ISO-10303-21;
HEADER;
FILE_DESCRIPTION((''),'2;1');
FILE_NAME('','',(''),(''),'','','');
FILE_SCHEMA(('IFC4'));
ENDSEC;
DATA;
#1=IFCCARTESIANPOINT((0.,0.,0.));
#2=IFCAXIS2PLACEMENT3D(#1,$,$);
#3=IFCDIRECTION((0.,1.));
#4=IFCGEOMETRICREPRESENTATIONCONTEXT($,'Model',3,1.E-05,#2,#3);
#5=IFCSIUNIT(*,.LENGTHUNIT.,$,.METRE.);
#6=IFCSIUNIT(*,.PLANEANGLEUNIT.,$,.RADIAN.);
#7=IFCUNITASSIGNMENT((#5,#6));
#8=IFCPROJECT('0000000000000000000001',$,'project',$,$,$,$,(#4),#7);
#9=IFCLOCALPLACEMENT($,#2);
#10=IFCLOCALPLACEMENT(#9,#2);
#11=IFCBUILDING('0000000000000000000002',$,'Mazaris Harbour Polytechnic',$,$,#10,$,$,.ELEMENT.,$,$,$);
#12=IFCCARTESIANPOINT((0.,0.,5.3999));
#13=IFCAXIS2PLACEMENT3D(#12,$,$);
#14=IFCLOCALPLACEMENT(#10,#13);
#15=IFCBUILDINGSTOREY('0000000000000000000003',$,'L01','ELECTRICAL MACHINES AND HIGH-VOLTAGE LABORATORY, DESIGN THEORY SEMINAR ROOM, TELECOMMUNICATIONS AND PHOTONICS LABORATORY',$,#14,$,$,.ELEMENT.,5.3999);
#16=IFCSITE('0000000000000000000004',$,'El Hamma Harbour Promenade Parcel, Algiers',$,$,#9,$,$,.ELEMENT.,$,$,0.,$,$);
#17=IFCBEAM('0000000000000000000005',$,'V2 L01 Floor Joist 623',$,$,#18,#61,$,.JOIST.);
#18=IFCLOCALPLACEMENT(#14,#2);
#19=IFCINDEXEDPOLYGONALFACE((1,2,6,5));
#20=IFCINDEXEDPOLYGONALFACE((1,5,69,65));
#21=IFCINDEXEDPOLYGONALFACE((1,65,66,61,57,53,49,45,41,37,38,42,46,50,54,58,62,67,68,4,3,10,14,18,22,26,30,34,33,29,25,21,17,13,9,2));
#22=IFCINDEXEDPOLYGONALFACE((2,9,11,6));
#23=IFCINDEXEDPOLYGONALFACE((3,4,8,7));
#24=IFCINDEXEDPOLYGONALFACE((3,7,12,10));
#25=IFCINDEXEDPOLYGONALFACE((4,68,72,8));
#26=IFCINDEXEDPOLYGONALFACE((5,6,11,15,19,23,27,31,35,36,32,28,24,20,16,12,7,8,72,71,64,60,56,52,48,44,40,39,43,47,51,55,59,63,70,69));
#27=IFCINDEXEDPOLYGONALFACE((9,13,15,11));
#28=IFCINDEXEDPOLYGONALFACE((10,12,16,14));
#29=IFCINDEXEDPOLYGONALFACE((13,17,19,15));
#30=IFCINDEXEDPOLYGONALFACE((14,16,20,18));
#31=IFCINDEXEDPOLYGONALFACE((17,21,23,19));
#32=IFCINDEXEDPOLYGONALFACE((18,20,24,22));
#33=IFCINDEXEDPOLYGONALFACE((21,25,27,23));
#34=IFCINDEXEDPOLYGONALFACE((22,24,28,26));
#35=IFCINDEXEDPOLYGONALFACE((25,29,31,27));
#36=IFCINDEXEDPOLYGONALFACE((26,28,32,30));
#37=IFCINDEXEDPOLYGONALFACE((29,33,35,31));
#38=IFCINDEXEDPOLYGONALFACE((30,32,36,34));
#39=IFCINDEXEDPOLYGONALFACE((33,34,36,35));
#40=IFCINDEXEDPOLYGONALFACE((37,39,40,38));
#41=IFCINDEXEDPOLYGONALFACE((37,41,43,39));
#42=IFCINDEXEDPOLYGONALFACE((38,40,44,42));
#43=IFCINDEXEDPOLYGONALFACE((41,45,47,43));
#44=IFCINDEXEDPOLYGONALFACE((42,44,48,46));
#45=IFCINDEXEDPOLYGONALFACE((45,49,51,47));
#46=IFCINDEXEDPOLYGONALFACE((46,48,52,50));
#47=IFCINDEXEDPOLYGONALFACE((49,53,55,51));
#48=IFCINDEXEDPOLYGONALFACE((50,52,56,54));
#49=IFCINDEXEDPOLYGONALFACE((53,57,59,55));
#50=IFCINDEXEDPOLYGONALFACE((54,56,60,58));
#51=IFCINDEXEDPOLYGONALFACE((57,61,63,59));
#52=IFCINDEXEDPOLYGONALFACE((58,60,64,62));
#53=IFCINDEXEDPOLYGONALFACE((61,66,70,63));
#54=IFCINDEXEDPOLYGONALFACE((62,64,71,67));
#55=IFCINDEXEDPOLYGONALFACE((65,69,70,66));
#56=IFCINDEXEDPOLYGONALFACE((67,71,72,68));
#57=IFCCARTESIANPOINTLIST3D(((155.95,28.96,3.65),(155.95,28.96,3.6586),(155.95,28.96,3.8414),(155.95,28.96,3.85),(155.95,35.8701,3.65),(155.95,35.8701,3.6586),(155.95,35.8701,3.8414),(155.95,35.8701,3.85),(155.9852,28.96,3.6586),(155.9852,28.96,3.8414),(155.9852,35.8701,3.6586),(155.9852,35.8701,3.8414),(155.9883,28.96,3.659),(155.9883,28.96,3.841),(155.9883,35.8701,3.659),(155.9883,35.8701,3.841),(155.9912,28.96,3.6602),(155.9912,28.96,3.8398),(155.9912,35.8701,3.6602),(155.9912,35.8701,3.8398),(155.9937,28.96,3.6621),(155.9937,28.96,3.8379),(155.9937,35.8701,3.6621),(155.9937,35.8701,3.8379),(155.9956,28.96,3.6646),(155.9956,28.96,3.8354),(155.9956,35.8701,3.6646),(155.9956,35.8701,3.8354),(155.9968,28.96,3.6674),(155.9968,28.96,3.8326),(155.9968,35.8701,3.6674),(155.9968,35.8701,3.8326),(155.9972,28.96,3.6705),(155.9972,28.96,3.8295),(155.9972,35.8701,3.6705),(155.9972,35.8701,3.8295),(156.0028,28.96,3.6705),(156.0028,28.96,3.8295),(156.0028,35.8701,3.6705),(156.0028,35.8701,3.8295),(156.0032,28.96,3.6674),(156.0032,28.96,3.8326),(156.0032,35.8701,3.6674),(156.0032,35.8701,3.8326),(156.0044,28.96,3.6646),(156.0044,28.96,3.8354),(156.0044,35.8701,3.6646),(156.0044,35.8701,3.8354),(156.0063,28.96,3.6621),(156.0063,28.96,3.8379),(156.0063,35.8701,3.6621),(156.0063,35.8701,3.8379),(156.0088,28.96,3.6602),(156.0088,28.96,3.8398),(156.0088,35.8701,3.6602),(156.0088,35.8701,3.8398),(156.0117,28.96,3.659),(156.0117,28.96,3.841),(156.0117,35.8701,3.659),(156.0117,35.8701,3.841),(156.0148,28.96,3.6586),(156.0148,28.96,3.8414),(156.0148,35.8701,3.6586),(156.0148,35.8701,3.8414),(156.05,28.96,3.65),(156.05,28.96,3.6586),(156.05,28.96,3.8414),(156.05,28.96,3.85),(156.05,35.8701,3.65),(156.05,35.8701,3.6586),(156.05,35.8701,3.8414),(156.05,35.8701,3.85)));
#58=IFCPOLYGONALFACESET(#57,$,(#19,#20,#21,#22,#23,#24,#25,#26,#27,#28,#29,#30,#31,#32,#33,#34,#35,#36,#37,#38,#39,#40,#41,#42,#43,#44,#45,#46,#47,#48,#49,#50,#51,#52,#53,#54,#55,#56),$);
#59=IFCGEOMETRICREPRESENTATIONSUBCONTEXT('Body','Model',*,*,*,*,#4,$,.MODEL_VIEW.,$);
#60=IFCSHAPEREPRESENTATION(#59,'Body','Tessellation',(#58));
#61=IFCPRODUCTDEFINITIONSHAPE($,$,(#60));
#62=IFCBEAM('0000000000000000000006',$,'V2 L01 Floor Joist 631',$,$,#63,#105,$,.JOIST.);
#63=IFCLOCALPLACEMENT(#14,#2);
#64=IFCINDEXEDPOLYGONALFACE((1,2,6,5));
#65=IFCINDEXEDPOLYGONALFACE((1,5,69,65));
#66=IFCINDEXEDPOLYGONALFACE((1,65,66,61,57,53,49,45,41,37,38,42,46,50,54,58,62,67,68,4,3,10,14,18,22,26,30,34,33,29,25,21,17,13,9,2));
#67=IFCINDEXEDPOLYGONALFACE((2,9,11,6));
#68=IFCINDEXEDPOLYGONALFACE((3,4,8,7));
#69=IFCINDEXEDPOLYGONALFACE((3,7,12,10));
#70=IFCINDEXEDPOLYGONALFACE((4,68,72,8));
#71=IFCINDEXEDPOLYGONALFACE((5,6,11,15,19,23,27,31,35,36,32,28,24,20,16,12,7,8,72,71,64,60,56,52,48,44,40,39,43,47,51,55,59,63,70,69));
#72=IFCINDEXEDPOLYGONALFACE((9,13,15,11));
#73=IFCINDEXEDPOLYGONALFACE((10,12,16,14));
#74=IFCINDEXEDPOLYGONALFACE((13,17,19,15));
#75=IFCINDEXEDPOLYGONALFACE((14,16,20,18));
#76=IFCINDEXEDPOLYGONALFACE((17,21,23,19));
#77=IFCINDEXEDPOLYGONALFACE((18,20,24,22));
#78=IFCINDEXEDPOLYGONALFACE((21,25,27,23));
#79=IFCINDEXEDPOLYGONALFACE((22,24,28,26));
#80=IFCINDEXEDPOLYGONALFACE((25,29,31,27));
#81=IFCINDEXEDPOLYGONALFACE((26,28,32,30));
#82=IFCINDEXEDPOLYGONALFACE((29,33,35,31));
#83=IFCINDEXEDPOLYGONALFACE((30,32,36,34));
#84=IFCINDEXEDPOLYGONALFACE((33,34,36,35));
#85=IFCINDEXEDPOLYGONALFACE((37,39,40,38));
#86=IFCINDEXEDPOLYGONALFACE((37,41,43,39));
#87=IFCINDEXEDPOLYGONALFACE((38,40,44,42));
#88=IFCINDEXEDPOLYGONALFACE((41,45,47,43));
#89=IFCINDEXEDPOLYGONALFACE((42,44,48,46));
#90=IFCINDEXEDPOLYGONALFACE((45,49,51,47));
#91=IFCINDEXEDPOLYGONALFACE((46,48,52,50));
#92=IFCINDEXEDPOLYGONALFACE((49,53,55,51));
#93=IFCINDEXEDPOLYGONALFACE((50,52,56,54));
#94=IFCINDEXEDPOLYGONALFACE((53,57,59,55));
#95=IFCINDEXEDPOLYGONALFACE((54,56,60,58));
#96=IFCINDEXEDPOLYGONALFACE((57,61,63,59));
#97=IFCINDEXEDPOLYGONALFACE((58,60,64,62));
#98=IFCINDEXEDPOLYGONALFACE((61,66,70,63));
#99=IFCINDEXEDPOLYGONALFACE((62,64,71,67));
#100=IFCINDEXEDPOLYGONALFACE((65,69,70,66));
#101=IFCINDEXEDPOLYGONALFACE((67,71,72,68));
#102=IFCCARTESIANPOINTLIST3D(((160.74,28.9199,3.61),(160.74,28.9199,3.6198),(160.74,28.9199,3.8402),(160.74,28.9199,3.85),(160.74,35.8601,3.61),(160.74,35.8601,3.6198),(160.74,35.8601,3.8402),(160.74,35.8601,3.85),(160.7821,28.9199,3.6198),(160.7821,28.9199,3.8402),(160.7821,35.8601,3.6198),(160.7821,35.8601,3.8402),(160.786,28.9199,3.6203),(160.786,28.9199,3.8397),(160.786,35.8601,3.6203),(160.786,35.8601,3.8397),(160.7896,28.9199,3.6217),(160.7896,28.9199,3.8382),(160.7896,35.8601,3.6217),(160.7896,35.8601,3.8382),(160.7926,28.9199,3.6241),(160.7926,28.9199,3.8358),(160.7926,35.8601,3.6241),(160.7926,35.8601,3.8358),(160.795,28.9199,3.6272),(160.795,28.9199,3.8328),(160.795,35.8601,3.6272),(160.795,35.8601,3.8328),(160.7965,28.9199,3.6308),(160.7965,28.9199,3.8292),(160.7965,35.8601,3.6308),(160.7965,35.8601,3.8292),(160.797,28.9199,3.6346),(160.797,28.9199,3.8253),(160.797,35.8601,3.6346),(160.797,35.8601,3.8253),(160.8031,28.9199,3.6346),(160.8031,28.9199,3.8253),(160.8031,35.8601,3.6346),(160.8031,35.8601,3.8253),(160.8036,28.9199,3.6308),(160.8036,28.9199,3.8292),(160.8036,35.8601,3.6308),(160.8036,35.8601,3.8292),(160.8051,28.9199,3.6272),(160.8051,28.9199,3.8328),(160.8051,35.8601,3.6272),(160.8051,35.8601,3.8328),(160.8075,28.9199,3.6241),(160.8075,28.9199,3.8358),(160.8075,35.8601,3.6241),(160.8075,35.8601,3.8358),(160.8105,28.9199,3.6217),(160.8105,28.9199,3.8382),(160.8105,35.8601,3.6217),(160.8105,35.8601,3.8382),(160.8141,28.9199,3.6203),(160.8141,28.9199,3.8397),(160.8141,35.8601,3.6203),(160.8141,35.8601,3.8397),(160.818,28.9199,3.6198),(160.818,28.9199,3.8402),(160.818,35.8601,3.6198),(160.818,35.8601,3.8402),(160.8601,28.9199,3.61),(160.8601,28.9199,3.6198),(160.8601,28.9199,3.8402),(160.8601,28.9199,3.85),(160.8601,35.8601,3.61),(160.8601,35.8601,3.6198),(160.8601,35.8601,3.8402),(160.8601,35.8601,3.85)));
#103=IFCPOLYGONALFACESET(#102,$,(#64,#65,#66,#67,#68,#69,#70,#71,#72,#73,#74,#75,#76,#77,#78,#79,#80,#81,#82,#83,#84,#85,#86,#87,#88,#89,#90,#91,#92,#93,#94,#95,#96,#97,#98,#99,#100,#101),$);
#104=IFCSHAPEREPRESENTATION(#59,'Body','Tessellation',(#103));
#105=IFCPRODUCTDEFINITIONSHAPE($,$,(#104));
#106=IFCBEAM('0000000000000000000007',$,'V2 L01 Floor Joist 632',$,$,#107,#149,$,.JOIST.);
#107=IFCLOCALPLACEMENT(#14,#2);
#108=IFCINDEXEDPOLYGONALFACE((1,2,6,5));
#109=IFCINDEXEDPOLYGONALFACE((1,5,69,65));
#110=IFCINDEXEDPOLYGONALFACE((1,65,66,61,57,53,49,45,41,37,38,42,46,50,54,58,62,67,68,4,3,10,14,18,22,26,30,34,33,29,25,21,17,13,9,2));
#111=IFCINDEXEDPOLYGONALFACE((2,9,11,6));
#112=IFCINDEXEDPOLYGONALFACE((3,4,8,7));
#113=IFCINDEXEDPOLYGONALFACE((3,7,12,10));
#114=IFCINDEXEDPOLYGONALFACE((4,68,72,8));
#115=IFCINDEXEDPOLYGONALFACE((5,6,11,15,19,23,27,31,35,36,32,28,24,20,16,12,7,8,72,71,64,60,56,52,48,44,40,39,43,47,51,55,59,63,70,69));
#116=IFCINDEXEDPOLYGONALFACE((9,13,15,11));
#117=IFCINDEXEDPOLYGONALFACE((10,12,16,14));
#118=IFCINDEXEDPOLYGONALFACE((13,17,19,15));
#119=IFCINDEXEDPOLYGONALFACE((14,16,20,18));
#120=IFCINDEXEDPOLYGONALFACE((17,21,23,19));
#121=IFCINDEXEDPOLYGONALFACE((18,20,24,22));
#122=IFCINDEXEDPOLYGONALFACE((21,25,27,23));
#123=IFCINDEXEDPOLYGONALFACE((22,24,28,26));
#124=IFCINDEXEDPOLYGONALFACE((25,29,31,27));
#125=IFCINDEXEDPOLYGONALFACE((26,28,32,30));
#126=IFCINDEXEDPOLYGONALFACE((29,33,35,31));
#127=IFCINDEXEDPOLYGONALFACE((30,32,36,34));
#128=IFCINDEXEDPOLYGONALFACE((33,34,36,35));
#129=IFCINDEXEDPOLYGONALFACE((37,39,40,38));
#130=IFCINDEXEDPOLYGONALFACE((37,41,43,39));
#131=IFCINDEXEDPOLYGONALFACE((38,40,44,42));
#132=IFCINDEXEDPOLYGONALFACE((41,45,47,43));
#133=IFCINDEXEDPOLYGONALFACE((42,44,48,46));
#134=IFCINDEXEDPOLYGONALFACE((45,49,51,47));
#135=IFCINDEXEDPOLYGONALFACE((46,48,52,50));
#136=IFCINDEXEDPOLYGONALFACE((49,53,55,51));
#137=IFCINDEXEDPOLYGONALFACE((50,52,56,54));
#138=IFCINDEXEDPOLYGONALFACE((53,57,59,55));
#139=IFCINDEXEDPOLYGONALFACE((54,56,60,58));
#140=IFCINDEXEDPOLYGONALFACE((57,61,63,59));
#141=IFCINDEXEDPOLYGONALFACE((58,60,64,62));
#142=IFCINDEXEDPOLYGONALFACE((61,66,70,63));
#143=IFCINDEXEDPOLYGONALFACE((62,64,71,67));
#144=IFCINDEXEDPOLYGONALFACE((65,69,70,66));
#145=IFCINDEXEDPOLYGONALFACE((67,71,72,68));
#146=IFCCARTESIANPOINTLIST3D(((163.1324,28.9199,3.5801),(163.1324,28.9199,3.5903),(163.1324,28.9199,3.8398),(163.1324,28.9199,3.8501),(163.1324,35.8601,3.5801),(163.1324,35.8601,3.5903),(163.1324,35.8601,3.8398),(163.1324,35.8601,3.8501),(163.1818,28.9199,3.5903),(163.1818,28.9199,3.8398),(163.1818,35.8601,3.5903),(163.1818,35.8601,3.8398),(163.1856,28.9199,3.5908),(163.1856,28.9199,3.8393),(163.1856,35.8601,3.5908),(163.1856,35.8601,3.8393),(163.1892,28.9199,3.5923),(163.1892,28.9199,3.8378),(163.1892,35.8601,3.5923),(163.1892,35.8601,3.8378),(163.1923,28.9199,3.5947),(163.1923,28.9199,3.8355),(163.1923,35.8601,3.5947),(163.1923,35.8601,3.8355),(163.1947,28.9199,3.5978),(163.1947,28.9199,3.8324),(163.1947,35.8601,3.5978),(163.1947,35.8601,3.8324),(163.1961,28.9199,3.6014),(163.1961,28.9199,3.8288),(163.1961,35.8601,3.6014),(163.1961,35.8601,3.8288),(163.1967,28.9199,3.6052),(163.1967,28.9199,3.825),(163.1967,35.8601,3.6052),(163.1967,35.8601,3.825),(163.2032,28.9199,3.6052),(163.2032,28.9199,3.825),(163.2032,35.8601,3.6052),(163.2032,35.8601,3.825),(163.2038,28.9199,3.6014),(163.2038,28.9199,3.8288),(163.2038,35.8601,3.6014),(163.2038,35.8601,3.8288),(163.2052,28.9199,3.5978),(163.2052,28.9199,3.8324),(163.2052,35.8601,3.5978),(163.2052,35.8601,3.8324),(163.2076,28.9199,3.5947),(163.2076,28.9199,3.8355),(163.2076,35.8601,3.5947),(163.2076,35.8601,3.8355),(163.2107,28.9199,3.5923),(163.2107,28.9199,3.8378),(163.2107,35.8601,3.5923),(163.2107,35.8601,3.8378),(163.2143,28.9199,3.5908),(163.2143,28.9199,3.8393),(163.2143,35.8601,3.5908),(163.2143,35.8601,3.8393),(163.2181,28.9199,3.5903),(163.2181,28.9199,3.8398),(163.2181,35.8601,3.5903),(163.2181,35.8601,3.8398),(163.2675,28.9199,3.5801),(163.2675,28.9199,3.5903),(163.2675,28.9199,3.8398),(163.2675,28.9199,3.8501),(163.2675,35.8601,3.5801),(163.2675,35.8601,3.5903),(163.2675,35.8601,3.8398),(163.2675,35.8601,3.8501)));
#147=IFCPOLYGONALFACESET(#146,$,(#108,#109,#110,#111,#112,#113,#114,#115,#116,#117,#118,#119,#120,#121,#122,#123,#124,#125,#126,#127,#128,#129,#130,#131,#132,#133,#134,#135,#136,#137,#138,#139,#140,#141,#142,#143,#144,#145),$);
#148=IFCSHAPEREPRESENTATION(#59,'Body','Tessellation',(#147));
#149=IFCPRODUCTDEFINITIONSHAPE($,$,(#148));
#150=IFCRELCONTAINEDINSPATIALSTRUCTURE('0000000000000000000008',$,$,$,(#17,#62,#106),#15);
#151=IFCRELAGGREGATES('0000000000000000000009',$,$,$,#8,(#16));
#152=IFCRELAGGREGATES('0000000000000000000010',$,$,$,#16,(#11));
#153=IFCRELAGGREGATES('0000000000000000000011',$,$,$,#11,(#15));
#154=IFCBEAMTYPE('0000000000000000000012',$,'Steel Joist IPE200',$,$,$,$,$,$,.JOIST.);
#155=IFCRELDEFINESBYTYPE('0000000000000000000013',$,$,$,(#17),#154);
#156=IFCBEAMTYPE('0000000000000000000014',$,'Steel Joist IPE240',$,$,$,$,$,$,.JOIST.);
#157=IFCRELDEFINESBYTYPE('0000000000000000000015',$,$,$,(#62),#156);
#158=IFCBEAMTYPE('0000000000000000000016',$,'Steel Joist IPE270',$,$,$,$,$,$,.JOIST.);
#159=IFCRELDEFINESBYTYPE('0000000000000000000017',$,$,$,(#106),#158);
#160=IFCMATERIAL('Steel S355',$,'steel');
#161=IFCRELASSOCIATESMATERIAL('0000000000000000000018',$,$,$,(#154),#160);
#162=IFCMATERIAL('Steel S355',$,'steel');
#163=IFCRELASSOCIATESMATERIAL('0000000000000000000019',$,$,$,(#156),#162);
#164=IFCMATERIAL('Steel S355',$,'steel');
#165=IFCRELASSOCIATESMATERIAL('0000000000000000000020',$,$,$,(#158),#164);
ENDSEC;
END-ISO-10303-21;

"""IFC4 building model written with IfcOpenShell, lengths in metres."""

from ifc_helpers import new_model, si_unit, direction, frame, origin, origin_2d, place, context, subcontext, project, spatial, i_section, extrude, material, material_profile, profile_set, type_object, element, save


model = new_model("IFC4")

# Units and contexts
model_context = context("Model", 3, precision=1e-05, world=origin(), true_north=direction((0.0, 1.0)))
body_context = subcontext(model_context, "Body", "Model", "MODEL_VIEW")
ifc_project = project(units=[si_unit("LENGTHUNIT", "METRE"), si_unit("PLANEANGLEUNIT", "RADIAN")], contexts=[model_context])

# Site, building, storey
site_placement = place(None, origin())
site = spatial("IfcSite", under=ifc_project, at=site_placement, Name="El Hamma Harbour Promenade Parcel, Algiers", CompositionType="ELEMENT", RefElevation=0.0)
building_placement = place(site_placement, origin())
building = spatial("IfcBuilding", under=site, at=building_placement, Name="Mazaris Harbour Polytechnic", CompositionType="ELEMENT")
storey_placement = place(building_placement, frame((0.0, 0.0, 5.3999)))
storey = spatial("IfcBuildingStorey", under=building, at=storey_placement, Name="L01", Description="ELECTRICAL MACHINES AND HIGH-VOLTAGE LABORATORY, DESIGN THEORY SEMINAR ROOM, TELECOMMUNICATIONS AND PHOTONICS LABORATORY", CompositionType="ELEMENT", Elevation=5.3999)

# Beams
ifc_material_1 = material(Name="Steel S355", Category="steel")
ifc_material_profile_1 = material_profile(ifc_material_1, i_section(OverallWidth=0.1001, OverallDepth=0.2, WebThickness=0.0056, FlangeThickness=0.0085, FilletRadius=0.012, at=origin_2d()), Name="IPE 200")
ifc_profile_set_1 = profile_set([ifc_material_profile_1], Name="Steel S355")
beam_type_1 = type_object("IfcBeamType", Name="Steel Joist IPE200", PredefinedType="JOIST", material=ifc_profile_set_1)
beam_1_placement = place(storey_placement, frame((156.0, 28.96, 3.75), z_axis=(0.0, 1.0, 0.0), x_axis=(-1.0, 0.0, 0.0)))
element("IfcBeam", 1, at=beam_1_placement, inside=storey, type_object=beam_type_1, Name="V2 L01 Floor Joist 623", PredefinedType="JOIST", context=body_context, shape_type="SweptSolid", body=[
    extrude(i_section(OverallWidth=0.1001, OverallDepth=0.2, WebThickness=0.0056, FlangeThickness=0.0085, FilletRadius=0.012, at=origin_2d()), origin(), (0.0, 0.0, 1.0), 6.9102),
])
ifc_material_2 = material(Name="Steel S355", Category="steel")
ifc_material_profile_2 = material_profile(ifc_material_2, i_section(OverallWidth=0.1201, OverallDepth=0.24, WebThickness=0.0061, FlangeThickness=0.0098, FilletRadius=0.0149, at=origin_2d()), Name="IPE 240")
ifc_profile_set_2 = profile_set([ifc_material_profile_2], Name="Steel S355")
beam_type_2 = type_object("IfcBeamType", Name="Steel Joist IPE240", PredefinedType="JOIST", material=ifc_profile_set_2)
beam_2_placement = place(storey_placement, frame((160.8, 28.9199, 3.73), z_axis=(0.0, 1.0, 0.0), x_axis=(-1.0, 0.0, 0.0)))
element("IfcBeam", 2, at=beam_2_placement, inside=storey, type_object=beam_type_2, Name="V2 L01 Floor Joist 631", PredefinedType="JOIST", context=body_context, shape_type="SweptSolid", body=[
    extrude(i_section(OverallWidth=0.1201, OverallDepth=0.24, WebThickness=0.0061, FlangeThickness=0.0098, FilletRadius=0.0149, at=origin_2d()), origin(), (0.0, 0.0, 1.0), 6.9402),
])
ifc_material_3 = material(Name="Steel S355", Category="steel")
ifc_material_profile_3 = material_profile(ifc_material_3, i_section(OverallWidth=0.135, OverallDepth=0.27, WebThickness=0.0066, FlangeThickness=0.0103, FilletRadius=0.0149, at=origin_2d()), Name="IPE 270")
ifc_profile_set_3 = profile_set([ifc_material_profile_3], Name="Steel S355")
beam_type_3 = type_object("IfcBeamType", Name="Steel Joist IPE270", PredefinedType="JOIST", material=ifc_profile_set_3)
beam_3_placement = place(storey_placement, frame((163.2, 28.9199, 3.7151), z_axis=(0.0, 1.0, 0.0), x_axis=(-1.0, 0.0, 0.0)))
element("IfcBeam", 3, at=beam_3_placement, inside=storey, type_object=beam_type_3, Name="V2 L01 Floor Joist 632", PredefinedType="JOIST", context=body_context, shape_type="SweptSolid", body=[
    extrude(i_section(OverallWidth=0.135, OverallDepth=0.27, WebThickness=0.0066, FlangeThickness=0.0103, FilletRadius=0.0149, at=origin_2d()), origin(), (0.0, 0.0, 1.0), 6.9402),
])

save(model, "model.ifc")
